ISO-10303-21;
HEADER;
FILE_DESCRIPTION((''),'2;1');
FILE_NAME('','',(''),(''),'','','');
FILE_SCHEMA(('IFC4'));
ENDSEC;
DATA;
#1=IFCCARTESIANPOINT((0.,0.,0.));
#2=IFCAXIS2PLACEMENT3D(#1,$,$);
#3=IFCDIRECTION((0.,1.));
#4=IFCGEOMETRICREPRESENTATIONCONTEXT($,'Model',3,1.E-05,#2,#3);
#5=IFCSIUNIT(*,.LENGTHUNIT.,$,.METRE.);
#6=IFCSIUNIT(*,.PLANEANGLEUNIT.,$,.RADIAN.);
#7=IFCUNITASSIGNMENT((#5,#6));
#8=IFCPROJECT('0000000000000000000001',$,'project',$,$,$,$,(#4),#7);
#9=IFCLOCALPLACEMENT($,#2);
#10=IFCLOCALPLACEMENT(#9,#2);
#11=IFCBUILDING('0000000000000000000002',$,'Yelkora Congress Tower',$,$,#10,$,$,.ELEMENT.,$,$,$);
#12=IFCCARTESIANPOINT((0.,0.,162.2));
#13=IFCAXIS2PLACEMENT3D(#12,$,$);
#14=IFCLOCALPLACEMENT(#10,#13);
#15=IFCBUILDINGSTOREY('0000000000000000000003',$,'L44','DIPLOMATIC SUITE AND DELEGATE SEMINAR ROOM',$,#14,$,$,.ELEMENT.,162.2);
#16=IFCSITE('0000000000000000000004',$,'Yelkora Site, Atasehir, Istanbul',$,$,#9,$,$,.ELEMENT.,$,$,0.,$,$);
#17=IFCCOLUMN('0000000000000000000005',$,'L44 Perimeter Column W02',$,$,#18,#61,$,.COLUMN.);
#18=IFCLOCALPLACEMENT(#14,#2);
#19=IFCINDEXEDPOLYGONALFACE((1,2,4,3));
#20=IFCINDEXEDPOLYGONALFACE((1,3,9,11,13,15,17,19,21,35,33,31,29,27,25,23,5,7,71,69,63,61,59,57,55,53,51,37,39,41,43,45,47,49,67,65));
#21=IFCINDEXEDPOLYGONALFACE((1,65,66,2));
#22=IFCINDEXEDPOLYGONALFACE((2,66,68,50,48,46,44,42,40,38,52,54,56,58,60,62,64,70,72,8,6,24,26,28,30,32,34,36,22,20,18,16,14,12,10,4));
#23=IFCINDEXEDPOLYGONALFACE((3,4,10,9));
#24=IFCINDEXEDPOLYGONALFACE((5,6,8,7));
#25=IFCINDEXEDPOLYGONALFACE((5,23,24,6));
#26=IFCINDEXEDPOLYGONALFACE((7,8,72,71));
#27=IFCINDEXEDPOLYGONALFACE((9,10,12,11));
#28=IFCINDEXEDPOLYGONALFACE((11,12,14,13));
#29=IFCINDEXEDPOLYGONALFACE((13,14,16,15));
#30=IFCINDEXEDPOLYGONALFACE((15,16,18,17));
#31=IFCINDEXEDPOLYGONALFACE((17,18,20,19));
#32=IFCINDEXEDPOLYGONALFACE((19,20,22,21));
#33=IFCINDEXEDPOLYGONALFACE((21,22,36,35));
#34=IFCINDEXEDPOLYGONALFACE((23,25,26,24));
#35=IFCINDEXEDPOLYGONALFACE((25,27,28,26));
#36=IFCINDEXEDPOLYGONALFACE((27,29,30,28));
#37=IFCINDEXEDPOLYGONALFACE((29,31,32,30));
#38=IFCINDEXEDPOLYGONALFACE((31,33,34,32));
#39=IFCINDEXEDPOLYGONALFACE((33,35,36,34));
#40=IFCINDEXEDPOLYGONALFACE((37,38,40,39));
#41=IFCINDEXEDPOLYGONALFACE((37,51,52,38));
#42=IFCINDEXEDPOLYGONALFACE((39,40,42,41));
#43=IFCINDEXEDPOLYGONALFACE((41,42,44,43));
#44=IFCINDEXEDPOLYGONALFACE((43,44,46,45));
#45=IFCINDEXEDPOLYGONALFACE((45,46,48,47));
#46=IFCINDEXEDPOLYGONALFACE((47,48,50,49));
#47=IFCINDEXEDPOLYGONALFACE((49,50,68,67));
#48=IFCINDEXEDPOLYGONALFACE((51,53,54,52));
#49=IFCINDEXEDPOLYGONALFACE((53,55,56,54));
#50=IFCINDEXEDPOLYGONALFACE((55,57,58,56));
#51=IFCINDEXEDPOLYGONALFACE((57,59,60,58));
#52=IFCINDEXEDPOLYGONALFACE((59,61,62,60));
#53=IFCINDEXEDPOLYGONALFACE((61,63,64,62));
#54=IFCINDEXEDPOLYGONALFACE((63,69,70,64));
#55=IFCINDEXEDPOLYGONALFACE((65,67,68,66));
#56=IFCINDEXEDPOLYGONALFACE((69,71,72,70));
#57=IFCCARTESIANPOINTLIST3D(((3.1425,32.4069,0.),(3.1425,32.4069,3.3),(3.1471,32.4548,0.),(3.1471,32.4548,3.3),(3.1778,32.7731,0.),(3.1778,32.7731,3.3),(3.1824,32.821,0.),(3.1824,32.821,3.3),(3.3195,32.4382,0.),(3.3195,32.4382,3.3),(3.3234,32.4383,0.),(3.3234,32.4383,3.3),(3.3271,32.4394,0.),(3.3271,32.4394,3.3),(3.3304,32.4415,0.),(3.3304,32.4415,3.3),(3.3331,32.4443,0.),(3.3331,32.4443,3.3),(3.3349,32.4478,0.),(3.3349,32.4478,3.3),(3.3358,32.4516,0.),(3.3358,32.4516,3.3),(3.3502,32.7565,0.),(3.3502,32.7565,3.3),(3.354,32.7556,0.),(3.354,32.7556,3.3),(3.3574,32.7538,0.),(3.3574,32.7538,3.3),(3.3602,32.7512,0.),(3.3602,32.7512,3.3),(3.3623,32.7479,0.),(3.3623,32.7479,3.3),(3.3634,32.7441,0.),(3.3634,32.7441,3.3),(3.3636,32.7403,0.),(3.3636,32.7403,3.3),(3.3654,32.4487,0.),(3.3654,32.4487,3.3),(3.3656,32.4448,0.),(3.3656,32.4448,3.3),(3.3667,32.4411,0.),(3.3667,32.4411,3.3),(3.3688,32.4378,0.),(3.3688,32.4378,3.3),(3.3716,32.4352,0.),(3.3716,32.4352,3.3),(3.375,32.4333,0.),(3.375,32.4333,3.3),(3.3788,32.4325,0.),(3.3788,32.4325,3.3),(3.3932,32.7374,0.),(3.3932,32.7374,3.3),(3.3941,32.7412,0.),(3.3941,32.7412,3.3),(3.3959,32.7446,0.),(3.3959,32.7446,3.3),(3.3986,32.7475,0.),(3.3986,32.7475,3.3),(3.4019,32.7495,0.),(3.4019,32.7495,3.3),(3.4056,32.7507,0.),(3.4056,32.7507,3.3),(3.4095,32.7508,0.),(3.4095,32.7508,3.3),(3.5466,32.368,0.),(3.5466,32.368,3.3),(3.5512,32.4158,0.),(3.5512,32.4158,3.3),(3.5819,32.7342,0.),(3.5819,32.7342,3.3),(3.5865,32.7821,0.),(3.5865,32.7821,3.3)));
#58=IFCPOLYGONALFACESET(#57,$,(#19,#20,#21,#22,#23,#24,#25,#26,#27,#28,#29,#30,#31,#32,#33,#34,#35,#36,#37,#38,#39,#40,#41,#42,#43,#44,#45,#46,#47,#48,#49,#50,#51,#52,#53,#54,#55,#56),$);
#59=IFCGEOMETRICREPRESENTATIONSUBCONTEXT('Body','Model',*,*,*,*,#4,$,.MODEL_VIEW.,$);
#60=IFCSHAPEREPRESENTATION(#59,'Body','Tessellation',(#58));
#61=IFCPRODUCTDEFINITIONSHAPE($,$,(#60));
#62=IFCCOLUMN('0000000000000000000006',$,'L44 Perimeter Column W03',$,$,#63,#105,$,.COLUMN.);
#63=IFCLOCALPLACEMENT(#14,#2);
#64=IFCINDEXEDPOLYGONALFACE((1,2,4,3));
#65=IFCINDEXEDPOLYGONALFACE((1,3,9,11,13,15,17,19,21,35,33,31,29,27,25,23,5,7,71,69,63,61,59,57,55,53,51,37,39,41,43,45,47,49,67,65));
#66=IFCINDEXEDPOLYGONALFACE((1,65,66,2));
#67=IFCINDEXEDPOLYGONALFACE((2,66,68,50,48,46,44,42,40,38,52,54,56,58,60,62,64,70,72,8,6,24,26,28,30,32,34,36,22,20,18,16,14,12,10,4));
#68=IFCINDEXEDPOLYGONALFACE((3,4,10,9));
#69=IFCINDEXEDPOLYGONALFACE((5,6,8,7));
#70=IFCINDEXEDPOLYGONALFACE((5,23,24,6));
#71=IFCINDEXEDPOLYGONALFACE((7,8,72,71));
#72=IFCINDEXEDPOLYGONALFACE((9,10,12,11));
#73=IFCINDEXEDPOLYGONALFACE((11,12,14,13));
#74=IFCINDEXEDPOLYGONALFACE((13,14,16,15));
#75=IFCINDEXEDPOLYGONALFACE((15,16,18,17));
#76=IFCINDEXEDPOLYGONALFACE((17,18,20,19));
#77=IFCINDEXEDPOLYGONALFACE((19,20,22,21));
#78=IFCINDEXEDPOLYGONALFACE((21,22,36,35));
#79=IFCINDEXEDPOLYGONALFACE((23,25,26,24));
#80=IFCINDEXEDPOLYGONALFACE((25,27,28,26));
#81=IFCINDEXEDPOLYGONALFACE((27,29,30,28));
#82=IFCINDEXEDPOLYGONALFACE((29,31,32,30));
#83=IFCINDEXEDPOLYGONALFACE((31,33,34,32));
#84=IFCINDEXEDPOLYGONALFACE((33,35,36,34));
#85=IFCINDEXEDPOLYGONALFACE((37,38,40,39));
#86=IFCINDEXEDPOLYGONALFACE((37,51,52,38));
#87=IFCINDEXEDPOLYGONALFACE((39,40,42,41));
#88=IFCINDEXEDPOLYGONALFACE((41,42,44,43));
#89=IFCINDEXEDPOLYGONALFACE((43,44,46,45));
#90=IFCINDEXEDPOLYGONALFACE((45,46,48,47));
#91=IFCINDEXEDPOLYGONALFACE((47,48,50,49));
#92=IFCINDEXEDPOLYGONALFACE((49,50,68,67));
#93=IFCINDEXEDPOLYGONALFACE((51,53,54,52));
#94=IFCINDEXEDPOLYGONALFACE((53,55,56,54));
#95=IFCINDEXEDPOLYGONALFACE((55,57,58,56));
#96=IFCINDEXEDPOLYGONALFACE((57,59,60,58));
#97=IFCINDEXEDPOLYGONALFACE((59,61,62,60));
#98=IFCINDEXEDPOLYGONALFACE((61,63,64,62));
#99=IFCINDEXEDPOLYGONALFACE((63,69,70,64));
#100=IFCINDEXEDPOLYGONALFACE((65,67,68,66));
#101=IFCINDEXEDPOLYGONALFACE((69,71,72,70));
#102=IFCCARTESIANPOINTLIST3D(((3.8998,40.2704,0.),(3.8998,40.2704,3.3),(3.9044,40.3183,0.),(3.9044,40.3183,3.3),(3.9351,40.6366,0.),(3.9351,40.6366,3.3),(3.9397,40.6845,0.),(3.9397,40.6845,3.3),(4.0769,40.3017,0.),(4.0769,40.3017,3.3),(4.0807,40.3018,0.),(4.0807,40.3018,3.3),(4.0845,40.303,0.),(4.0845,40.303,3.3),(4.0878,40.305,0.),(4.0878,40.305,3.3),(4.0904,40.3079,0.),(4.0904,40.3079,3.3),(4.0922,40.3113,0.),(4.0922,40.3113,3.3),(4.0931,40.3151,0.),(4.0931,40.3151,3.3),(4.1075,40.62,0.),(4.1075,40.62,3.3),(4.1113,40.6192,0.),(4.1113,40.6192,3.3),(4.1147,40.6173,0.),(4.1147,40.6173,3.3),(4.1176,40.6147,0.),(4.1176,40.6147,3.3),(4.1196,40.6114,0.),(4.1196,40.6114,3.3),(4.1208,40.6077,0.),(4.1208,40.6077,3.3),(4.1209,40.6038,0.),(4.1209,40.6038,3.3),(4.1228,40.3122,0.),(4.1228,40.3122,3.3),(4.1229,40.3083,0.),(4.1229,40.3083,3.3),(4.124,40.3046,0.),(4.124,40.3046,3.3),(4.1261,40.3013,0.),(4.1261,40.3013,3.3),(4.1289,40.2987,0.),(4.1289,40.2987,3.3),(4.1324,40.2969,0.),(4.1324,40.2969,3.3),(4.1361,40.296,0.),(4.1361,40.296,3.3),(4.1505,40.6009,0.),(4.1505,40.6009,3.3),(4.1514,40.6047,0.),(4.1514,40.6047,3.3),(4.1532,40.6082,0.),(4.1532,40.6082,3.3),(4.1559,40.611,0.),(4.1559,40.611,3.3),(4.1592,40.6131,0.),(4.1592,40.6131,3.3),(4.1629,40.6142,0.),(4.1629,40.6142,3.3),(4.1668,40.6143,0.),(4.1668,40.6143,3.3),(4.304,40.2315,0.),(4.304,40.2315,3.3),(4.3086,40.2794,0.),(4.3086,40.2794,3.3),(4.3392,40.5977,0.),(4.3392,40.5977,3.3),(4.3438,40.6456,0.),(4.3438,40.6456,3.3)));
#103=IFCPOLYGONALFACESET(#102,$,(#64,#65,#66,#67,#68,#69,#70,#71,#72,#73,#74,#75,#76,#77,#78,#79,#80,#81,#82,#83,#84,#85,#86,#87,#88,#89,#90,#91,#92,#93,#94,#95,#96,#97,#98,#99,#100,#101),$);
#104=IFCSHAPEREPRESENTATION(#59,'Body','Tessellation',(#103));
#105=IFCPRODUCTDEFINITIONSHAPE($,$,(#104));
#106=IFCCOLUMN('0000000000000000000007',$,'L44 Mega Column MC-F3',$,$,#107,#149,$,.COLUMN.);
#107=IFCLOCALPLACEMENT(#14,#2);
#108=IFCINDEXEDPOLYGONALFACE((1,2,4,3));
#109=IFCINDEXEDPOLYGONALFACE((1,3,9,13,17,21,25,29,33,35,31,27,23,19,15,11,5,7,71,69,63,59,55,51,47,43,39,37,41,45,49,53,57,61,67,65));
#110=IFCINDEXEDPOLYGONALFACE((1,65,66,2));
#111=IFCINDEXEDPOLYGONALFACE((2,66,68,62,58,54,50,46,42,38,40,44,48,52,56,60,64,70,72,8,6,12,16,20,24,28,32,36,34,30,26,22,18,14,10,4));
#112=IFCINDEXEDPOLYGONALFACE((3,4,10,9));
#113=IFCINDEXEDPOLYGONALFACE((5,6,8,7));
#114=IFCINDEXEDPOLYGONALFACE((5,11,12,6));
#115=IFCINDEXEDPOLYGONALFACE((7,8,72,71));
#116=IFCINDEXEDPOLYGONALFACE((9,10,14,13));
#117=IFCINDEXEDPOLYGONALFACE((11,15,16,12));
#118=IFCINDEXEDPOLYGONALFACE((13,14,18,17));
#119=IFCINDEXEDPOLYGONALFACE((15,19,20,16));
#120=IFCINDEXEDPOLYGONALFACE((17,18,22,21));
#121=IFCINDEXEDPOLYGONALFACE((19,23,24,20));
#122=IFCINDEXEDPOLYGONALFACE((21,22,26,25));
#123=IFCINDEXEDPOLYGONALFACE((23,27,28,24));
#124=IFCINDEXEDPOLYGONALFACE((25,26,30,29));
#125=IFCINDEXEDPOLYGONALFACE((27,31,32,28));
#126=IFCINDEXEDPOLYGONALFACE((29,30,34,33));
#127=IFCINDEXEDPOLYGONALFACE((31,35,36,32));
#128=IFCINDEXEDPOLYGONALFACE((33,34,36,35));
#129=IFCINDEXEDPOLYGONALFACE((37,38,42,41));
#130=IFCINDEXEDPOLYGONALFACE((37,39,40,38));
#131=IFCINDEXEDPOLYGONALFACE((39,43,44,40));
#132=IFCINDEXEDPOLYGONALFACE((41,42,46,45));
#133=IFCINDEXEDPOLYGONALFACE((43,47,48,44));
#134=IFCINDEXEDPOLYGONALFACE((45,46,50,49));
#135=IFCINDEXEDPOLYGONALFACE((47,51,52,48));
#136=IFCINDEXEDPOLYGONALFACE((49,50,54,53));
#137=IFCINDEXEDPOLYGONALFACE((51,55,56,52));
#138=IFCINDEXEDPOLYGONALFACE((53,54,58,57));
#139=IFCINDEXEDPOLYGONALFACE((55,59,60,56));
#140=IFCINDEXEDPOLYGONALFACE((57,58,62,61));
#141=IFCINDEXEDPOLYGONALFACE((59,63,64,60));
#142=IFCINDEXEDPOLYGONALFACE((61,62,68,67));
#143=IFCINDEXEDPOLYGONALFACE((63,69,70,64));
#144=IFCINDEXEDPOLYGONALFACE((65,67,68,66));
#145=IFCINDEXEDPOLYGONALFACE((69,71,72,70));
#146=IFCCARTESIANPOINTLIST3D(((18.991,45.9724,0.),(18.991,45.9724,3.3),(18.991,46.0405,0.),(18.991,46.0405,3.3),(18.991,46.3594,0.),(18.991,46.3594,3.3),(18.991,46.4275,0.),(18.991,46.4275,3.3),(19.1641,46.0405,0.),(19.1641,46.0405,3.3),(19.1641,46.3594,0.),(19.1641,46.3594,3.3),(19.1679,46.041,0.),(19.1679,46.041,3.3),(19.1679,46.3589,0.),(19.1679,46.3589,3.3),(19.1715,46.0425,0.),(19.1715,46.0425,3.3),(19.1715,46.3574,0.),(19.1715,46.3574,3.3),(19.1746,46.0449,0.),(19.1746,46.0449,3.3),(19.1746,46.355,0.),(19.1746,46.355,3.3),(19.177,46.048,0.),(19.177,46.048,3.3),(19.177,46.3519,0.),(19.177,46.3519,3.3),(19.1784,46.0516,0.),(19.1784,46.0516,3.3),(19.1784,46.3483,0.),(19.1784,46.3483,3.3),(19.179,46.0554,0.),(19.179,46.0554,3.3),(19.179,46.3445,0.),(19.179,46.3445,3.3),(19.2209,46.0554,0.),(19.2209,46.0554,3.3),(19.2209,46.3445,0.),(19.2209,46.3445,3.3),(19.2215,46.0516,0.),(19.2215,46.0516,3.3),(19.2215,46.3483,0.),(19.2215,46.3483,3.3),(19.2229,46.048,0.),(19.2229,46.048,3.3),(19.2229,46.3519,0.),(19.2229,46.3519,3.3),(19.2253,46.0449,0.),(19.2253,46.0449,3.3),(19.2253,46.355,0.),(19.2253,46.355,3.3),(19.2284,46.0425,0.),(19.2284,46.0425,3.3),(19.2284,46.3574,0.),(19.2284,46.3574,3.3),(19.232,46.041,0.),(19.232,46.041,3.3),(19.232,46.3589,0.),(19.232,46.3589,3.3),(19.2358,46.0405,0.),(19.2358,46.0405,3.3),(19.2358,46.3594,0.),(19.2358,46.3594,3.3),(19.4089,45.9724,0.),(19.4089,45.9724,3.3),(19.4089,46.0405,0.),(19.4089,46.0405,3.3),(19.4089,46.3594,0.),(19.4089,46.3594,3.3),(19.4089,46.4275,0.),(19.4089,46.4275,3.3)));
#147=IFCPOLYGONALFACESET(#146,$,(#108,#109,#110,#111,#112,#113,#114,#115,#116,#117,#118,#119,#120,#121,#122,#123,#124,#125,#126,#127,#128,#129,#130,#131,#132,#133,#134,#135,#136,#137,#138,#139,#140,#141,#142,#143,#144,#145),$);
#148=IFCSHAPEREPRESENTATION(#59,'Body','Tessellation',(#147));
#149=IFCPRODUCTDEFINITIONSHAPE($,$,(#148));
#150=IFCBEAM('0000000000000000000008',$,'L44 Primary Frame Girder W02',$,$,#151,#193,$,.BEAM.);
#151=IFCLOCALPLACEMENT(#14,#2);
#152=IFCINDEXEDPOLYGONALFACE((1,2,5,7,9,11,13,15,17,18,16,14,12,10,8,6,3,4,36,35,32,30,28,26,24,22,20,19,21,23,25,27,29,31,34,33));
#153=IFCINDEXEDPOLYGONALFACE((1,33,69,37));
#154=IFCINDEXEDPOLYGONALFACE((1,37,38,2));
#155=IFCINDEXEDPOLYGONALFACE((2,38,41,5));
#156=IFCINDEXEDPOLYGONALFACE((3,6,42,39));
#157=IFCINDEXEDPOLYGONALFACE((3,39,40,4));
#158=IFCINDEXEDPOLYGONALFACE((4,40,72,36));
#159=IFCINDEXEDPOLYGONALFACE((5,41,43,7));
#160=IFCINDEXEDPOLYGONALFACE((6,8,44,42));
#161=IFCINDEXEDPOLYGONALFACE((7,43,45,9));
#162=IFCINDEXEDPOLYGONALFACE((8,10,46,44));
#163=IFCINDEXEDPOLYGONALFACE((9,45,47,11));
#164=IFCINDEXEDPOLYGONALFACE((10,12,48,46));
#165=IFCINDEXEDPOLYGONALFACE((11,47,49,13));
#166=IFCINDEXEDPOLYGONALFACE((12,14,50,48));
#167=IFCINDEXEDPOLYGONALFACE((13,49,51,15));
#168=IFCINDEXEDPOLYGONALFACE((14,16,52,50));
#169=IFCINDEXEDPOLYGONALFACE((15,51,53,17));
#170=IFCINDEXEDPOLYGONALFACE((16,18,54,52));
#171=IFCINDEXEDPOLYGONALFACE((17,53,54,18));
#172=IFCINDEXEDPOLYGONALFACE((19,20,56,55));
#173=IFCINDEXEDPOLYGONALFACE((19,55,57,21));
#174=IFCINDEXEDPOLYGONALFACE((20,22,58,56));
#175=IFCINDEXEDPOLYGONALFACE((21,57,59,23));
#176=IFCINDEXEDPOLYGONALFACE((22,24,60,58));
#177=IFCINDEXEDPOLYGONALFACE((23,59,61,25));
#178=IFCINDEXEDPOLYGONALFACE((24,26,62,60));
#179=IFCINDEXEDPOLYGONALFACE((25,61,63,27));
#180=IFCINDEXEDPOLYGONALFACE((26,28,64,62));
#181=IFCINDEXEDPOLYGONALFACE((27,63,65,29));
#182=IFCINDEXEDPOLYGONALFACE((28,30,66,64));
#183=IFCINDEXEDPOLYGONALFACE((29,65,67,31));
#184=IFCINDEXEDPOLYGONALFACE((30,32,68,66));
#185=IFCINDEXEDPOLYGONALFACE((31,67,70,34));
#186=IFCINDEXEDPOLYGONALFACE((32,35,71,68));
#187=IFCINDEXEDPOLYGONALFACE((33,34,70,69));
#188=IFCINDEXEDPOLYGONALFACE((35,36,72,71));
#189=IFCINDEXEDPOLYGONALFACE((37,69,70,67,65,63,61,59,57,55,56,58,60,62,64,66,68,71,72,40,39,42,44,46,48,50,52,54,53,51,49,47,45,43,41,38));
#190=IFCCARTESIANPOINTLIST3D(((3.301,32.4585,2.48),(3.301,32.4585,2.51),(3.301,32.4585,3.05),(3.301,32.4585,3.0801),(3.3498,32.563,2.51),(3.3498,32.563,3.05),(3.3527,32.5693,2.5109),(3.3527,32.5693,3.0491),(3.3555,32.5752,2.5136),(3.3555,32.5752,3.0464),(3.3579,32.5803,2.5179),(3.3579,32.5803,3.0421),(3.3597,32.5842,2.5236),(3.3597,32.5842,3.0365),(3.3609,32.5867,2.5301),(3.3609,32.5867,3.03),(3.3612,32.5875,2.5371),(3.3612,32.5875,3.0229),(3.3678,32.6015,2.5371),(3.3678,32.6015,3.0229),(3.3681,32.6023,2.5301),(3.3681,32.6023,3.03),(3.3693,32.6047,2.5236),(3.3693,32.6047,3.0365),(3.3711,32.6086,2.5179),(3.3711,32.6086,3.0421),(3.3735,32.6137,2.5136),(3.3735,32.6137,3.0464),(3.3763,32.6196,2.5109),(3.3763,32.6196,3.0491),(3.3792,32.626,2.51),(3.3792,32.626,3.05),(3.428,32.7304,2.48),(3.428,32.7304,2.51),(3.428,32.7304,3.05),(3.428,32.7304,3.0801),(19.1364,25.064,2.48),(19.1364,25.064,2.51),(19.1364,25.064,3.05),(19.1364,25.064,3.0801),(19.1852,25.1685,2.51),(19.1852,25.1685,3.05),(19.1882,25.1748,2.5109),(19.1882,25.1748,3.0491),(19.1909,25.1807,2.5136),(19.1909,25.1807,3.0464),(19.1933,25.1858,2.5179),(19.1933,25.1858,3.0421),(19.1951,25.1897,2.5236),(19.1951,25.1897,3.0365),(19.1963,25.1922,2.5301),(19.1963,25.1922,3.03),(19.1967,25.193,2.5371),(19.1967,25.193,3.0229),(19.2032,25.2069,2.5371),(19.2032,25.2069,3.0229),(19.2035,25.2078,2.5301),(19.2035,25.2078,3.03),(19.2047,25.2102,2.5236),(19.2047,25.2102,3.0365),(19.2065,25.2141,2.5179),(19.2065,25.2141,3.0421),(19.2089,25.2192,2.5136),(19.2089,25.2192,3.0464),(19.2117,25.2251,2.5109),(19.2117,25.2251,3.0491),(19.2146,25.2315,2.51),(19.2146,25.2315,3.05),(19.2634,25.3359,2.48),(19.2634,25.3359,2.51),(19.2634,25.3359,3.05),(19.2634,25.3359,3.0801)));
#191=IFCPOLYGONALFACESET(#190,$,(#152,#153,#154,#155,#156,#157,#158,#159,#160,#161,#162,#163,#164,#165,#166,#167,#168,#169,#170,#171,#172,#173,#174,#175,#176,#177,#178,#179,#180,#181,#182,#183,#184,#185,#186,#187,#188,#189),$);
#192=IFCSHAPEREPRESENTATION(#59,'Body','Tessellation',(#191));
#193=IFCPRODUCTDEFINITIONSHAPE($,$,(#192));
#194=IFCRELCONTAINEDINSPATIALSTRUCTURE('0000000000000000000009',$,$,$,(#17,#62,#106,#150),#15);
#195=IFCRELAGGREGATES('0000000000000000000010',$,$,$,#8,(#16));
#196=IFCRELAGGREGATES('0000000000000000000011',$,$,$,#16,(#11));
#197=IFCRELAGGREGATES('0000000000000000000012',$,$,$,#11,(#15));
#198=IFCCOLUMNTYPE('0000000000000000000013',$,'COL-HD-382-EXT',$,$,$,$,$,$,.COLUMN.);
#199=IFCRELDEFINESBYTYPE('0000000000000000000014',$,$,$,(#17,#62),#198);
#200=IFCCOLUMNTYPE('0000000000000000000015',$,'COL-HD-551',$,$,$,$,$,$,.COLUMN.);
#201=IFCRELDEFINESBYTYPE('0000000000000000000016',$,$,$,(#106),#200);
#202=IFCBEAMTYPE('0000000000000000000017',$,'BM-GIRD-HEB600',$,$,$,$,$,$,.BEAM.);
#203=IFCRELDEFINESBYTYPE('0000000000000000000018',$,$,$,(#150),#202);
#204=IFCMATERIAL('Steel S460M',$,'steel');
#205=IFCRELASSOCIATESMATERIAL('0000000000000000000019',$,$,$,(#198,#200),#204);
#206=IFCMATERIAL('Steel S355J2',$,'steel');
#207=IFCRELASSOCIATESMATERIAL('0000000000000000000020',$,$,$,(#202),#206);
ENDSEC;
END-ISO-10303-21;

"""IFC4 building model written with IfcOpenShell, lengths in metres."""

from ifc_helpers import new_model, si_unit, direction, frame, origin, origin_2d, place, context, subcontext, project, spatial, i_section, extrude, material, material_profile, profile_set, type_object, element, save


model = new_model("IFC4")

# Units and contexts
model_context = context("Model", 3, precision=1e-05, world=origin(), true_north=direction((0.0, 1.0)))
body_context = subcontext(model_context, "Body", "Model", "MODEL_VIEW")
ifc_project = project(units=[si_unit("LENGTHUNIT", "METRE"), si_unit("PLANEANGLEUNIT", "RADIAN")], contexts=[model_context])

# Site, building, storey
site_placement = place(None, origin())
site = spatial("IfcSite", under=ifc_project, at=site_placement, Name="Yelkora Site, Atasehir, Istanbul", CompositionType="ELEMENT", RefElevation=0.0)
building_placement = place(site_placement, origin())
building = spatial("IfcBuilding", under=site, at=building_placement, Name="Yelkora Congress Tower", CompositionType="ELEMENT")
storey_placement = place(building_placement, frame((0.0, 0.0, 162.2)))
storey = spatial("IfcBuildingStorey", under=building, at=storey_placement, Name="L44", Description="DIPLOMATIC SUITE AND DELEGATE SEMINAR ROOM", CompositionType="ELEMENT", Elevation=162.2)

# Columns
ifc_material_1 = material(Name="Steel S460M", Category="steel")
ifc_material_profile_1 = material_profile(ifc_material_1, i_section(OverallWidth=0.406, OverallDepth=0.416, WebThickness=0.0298, FlangeThickness=0.0481, FilletRadius=0.0149, at=origin_2d()), Name="HD 400x382")
ifc_profile_set_1 = profile_set([ifc_material_profile_1], Name="Steel S460M")
column_type_1 = type_object("IfcColumnType", Name="COL-HD-382-EXT", PredefinedType="COLUMN", material=ifc_profile_set_1)
for number, where, z_axis, x_axis, name in (
    (1, (3.3645, 32.5945, 0.0), (0.0, 0.0, 1.0), (0.995396, -0.095846, 0.0), "L44 Perimeter Column W02"),
    (2, (4.1218, 40.458, 0.0), (0.0, 0.0, 1.0), (0.995396, -0.095846, 0.0), "L44 Perimeter Column W03"),
):
    element("IfcColumn", number, at=place(storey_placement, frame(where, z_axis=z_axis, x_axis=x_axis)), inside=storey, type_object=column_type_1, Name=name, PredefinedType="COLUMN", context=body_context, shape_type="SweptSolid", body=[
        extrude(i_section(OverallWidth=0.406, OverallDepth=0.416, WebThickness=0.0298, FlangeThickness=0.0481, FilletRadius=0.0149, at=origin_2d()), origin(), (0.0, 0.0, 1.0), 3.3),
    ])
ifc_material_profile_2 = material_profile(ifc_material_1, i_section(OverallWidth=0.418, OverallDepth=0.4551, WebThickness=0.042, FlangeThickness=0.0681, FilletRadius=0.0149, at=origin_2d()), Name="HD 400x551")
ifc_profile_set_2 = profile_set([ifc_material_profile_2], Name="Steel S460M")
column_type_2 = type_object("IfcColumnType", Name="COL-HD-551", PredefinedType="COLUMN", material=ifc_profile_set_2)
column_placement = place(storey_placement, frame((19.2, 46.2, 0.0), z_axis=(0.0, 0.0, 1.0), x_axis=(1.0, 0.0, 0.0)))
element("IfcColumn", 3, at=column_placement, inside=storey, type_object=column_type_2, Name="L44 Mega Column MC-F3", PredefinedType="COLUMN", context=body_context, shape_type="SweptSolid", body=[
    extrude(i_section(OverallWidth=0.418, OverallDepth=0.4551, WebThickness=0.042, FlangeThickness=0.0681, FilletRadius=0.0149, at=origin_2d()), origin(), (0.0, 0.0, 1.0), 3.3),
])

# Beam
ifc_material_2 = material(Name="Steel S355J2", Category="steel")
ifc_material_profile_3 = material_profile(ifc_material_2, i_section(OverallWidth=0.3, OverallDepth=0.6001, WebThickness=0.0154, FlangeThickness=0.03, FilletRadius=0.0271, at=origin_2d()), Name="HEB 600")
ifc_profile_set_3 = profile_set([ifc_material_profile_3], Name="Steel S355J2")
beam_type_1 = type_object("IfcBeamType", Name="BM-GIRD-HEB600", PredefinedType="BEAM", material=ifc_profile_set_3)
beam_1_placement = place(storey_placement, frame((3.3645, 32.5945, 2.78), z_axis=(0.906081, -0.423104, 0.0), x_axis=(0.423104, 0.906081, 0.0)))
element("IfcBeam", 4, at=beam_1_placement, inside=storey, type_object=beam_type_1, Name="L44 Primary Frame Girder W02", PredefinedType="BEAM", context=body_context, shape_type="SweptSolid", body=[
    extrude(i_section(OverallWidth=0.3, OverallDepth=0.6001, WebThickness=0.0154, FlangeThickness=0.03, FilletRadius=0.0271, at=origin_2d()), origin(), (0.0, 0.0, 1.0), 17.4768),
])

save(model, "model.ifc")
